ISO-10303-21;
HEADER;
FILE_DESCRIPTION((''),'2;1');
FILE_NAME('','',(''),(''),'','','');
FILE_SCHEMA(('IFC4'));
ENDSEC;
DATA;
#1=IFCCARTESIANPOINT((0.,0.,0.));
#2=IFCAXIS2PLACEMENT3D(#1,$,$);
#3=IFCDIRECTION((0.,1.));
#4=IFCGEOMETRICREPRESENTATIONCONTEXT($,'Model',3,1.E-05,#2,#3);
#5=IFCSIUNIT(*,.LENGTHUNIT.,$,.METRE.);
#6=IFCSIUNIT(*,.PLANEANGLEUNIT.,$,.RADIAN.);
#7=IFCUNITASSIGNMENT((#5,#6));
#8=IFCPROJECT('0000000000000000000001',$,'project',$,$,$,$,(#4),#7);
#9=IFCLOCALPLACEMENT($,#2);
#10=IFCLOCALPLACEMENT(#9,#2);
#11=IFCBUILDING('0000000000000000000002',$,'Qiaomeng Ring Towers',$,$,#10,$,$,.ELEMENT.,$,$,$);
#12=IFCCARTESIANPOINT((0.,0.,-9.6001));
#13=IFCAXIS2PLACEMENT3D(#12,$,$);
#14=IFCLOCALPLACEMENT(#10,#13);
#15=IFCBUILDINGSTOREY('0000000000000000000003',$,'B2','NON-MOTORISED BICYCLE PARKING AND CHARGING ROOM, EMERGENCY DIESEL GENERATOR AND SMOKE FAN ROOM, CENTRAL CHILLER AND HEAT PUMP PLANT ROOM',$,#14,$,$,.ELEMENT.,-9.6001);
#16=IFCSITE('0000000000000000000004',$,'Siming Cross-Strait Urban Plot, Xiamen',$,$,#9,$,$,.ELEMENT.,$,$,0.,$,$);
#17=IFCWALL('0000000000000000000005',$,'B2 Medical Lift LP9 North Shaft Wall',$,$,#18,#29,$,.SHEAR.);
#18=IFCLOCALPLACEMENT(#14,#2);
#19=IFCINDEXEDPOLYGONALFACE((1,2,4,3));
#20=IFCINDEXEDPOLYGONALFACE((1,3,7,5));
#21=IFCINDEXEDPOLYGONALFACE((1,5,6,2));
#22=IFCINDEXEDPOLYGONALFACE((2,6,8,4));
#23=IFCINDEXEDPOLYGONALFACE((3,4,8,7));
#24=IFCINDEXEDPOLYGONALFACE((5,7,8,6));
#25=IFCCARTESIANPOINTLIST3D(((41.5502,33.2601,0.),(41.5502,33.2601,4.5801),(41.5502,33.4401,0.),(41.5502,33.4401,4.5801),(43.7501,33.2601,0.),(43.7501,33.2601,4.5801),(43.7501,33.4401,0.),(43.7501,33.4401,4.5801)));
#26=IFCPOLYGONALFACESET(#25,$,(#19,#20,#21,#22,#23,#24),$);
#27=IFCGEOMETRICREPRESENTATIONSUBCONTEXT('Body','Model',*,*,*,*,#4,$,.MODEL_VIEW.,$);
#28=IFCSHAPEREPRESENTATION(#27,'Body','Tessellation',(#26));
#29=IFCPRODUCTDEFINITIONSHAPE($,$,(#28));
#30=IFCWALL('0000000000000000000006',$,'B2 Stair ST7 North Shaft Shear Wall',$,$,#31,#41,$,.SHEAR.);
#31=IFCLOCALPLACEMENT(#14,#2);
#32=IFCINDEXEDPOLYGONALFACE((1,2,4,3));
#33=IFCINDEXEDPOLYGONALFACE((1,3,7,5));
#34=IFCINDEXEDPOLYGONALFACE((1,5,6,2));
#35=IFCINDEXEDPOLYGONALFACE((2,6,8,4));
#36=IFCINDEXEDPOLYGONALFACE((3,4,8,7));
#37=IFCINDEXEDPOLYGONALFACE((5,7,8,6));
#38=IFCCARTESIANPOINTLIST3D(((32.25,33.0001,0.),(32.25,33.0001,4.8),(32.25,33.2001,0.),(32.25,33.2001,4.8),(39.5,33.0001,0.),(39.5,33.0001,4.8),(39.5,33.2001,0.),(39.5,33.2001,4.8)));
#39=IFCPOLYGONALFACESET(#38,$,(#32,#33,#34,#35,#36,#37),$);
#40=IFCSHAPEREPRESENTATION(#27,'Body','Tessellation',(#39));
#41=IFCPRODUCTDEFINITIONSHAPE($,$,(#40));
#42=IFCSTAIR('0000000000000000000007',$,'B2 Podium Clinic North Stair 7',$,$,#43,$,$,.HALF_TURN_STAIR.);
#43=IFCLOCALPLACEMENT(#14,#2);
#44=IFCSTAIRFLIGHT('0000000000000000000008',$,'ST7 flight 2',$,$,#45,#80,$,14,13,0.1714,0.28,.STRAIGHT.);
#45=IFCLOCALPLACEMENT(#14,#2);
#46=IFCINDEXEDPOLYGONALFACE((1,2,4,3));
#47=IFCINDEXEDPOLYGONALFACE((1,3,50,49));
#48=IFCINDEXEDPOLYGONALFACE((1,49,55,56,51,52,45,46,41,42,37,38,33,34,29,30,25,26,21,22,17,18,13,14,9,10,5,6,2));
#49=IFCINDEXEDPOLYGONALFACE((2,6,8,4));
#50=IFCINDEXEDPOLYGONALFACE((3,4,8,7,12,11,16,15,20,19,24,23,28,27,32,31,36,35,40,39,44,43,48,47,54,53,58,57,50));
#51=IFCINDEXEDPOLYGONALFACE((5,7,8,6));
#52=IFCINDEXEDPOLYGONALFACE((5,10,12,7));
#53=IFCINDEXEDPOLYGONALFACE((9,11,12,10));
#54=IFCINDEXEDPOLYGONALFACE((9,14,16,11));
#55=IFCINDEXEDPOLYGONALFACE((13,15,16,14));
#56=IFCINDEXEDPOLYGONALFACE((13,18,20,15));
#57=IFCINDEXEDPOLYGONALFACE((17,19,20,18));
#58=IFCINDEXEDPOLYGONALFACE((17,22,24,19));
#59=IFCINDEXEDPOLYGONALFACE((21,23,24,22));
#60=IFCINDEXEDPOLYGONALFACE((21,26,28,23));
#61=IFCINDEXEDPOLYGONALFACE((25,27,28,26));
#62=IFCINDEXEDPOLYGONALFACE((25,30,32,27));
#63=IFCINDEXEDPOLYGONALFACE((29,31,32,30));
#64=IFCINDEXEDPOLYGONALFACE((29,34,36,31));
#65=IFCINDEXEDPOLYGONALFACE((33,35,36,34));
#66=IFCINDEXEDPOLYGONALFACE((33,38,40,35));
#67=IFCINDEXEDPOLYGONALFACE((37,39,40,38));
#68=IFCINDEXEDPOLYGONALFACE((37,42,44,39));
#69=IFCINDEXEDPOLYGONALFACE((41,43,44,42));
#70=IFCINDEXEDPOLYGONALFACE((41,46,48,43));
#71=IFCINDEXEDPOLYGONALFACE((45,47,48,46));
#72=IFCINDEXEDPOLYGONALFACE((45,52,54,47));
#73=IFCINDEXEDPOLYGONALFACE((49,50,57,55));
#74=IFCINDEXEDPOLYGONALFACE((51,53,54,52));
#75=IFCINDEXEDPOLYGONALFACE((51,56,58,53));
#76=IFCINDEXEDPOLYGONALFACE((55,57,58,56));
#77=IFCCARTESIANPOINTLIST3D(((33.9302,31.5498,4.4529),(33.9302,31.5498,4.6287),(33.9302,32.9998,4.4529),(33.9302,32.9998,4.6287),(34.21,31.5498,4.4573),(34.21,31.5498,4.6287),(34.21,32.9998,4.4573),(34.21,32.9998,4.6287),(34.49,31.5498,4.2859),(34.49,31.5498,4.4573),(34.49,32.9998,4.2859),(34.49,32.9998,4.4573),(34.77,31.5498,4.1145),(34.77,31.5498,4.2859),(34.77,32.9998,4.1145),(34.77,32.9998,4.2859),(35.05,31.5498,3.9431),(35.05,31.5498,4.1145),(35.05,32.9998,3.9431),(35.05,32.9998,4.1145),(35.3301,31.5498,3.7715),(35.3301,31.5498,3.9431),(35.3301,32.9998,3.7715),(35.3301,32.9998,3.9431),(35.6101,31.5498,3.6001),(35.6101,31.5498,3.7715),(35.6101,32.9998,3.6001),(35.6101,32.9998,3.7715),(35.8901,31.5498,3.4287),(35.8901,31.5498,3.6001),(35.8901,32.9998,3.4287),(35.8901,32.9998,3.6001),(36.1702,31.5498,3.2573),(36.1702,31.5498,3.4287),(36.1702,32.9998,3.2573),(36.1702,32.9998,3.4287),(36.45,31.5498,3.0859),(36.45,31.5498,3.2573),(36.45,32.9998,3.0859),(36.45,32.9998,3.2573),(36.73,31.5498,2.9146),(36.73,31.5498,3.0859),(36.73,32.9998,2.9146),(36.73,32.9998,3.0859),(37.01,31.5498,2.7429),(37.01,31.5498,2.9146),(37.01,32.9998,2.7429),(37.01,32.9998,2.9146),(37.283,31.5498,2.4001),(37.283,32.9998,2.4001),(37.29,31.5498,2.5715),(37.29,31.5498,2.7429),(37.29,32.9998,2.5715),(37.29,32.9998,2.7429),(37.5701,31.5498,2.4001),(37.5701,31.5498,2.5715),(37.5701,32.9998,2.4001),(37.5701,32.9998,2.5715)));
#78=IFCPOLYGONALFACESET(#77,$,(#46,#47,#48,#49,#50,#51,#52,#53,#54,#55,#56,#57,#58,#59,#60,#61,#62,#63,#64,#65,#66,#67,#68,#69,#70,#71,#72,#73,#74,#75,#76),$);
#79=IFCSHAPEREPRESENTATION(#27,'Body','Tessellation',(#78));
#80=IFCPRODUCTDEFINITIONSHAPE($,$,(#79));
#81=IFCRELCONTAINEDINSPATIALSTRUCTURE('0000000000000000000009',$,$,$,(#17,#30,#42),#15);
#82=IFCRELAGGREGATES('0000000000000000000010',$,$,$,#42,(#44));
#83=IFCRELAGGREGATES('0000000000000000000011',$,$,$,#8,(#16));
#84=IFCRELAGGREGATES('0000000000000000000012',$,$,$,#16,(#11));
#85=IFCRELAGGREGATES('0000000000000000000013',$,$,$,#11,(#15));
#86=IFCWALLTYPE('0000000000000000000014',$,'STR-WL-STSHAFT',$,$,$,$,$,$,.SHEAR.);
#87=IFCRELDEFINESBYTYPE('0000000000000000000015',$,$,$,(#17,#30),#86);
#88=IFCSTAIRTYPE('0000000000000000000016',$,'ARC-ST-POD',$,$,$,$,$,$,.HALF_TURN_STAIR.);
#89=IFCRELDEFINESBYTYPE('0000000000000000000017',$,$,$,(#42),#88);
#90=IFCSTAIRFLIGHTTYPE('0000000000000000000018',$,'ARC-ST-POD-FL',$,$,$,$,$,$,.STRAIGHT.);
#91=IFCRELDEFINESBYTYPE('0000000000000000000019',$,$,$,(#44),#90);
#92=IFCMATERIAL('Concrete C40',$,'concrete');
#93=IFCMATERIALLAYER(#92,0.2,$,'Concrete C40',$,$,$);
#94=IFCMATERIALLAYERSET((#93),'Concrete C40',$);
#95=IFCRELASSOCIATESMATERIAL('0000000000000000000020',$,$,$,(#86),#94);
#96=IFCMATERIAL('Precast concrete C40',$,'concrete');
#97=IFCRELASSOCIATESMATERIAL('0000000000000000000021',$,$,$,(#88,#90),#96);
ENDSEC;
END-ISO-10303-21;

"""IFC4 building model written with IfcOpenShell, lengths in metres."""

from ifc_helpers import new_model, si_unit, direction, frame, frame_2d, origin, place, context, subcontext, project, spatial, polyline, rectangle, outline, extrude, source, transform, mapped, material, layer, layer_set, type_object, element, aggregate, save


model = new_model("IFC4")

# Units and contexts
model_context = context("Model", 3, precision=1e-05, world=origin(), true_north=direction((0.0, 1.0)))
body_context = subcontext(model_context, "Body", "Model", "MODEL_VIEW")
ifc_project = project(units=[si_unit("LENGTHUNIT", "METRE"), si_unit("PLANEANGLEUNIT", "RADIAN")], contexts=[model_context])

# Site, building, storey
site_placement = place(None, origin())
site = spatial("IfcSite", under=ifc_project, at=site_placement, Name="Siming Cross-Strait Urban Plot, Xiamen", CompositionType="ELEMENT", RefElevation=0.0)
building_placement = place(site_placement, origin())
building = spatial("IfcBuilding", under=site, at=building_placement, Name="Qiaomeng Ring Towers", CompositionType="ELEMENT")
storey_placement = place(building_placement, frame((0.0, 0.0, -9.6001)))
storey = spatial("IfcBuildingStorey", under=building, at=storey_placement, Name="B2", Description="NON-MOTORISED BICYCLE PARKING AND CHARGING ROOM, EMERGENCY DIESEL GENERATOR AND SMOKE FAN ROOM, CENTRAL CHILLER AND HEAT PUMP PLANT ROOM", CompositionType="ELEMENT", Elevation=-9.6001)

# Shared definitions
ifc_material_1 = material(Name="Concrete C40", Category="concrete")

# Walls
ifc_layer_1 = layer(ifc_material_1, 0.2, Name="Concrete C40")
ifc_layer_set_1 = layer_set([ifc_layer_1], Name="Concrete C40")
wall_type_1 = type_object("IfcWallType", Name="STR-WL-STSHAFT", PredefinedType="SHEAR", material=ifc_layer_set_1)
wall_1_placement = place(storey_placement, frame((41.55, 33.3501, 0.0), z_axis=(0.0, 0.0, 1.0), x_axis=(1.0, 0.0, 0.0)))
element("IfcWall", 1, at=wall_1_placement, inside=storey, type_object=wall_type_1, Name="B2 Medical Lift LP9 North Shaft Wall", PredefinedType="SHEAR", context=body_context, shape_type="SweptSolid", body=[
    extrude(rectangle(XDim=2.2, YDim=0.1799, at=frame_2d((1.1001, 0.0))), origin(), (0.0, 0.0, 1.0), 4.5801),
])
wall_2_placement = place(storey_placement, frame((32.25, 33.1001, 0.0), z_axis=(0.0, 0.0, 1.0), x_axis=(1.0, 0.0, 0.0)))
element("IfcWall", 2, at=wall_2_placement, inside=storey, type_object=wall_type_1, Name="B2 Stair ST7 North Shaft Shear Wall", PredefinedType="SHEAR", context=body_context, shape_type="SweptSolid", body=[
    extrude(rectangle(XDim=7.25, YDim=0.2, at=frame_2d((3.625, 0.0))), origin(), (0.0, 0.0, 1.0), 4.8),
])

# Stair, stair flight
ifc_material_2 = material(Name="Precast concrete C40", Category="concrete")
stair_type = type_object("IfcStairType", Name="ARC-ST-POD", PredefinedType="HALF_TURN_STAIR", material=ifc_material_2)
stair_placement = place(storey_placement, origin())
stair = element("IfcStair", 3, at=stair_placement, inside=storey, type_object=stair_type, Name="B2 Podium Clinic North Stair 7", PredefinedType="HALF_TURN_STAIR")
stair_flight_type = type_object("IfcStairFlightType", Name="ARC-ST-POD-FL", PredefinedType="STRAIGHT", material=ifc_material_2)
shared_shape_1 = source(origin(), body_context, "Body", "SweptSolid", [
    extrude(outline(polyline([(0.0, 0.0), (0.0, 0.1714), (0.28, 0.1714), (0.28, 0.3428), (0.5601, 0.3428), (0.5601, 0.5144), (0.8401, 0.5144), (0.8401, 0.6858), (1.1201, 0.6858), (1.1201, 0.8572), (1.3999, 0.8572), (1.3999, 1.0286), (1.6799, 1.0286), (1.6799, 1.2), (1.96, 1.2), (1.96, 1.3713), (2.24, 1.3713), (2.24, 1.543), (2.52, 1.543), (2.52, 1.7144), (2.8, 1.7144), (2.8, 1.8857), (3.0801, 1.8857), (3.0801, 2.0571), (3.3601, 2.0571), (3.3601, 2.2285), (3.6399, 2.2285), (3.6399, 2.3999), (3.6399, 2.0527), (0.2871, 0.0), (0.0, 0.0)])), frame((0.0, 0.7251, 0.0), z_axis=(0.0, -1.0, 0.0), x_axis=(1.0, 0.0, 0.0)), (0.0, 0.0, 1.0), 1.45),
])
stair_flight_placement = place(storey_placement, frame((37.5701, 32.2749, 2.4001), z_axis=(0.0, 0.0, 1.0), x_axis=(-1.0, 0.0, 0.0)))
stair_flight = element("IfcStairFlight", 4, at=stair_flight_placement, type_object=stair_flight_type, Name="ST7 flight 2", NumberOfRisers=14, NumberOfTreads=13, PredefinedType="STRAIGHT", RiserHeight=0.1714, TreadLength=0.28, context=body_context, shape_type="MappedRepresentation", body=[
    mapped(shared_shape_1, transform((0.0, 0.0, 0.0), x_axis=(1.0, 0.0, 0.0), y_axis=(0.0, 1.0, 0.0), z_axis=(0.0, 0.0, 1.0), scale=1.0)),
])
aggregate(stair, [stair_flight])

save(model, "model.ifc")
